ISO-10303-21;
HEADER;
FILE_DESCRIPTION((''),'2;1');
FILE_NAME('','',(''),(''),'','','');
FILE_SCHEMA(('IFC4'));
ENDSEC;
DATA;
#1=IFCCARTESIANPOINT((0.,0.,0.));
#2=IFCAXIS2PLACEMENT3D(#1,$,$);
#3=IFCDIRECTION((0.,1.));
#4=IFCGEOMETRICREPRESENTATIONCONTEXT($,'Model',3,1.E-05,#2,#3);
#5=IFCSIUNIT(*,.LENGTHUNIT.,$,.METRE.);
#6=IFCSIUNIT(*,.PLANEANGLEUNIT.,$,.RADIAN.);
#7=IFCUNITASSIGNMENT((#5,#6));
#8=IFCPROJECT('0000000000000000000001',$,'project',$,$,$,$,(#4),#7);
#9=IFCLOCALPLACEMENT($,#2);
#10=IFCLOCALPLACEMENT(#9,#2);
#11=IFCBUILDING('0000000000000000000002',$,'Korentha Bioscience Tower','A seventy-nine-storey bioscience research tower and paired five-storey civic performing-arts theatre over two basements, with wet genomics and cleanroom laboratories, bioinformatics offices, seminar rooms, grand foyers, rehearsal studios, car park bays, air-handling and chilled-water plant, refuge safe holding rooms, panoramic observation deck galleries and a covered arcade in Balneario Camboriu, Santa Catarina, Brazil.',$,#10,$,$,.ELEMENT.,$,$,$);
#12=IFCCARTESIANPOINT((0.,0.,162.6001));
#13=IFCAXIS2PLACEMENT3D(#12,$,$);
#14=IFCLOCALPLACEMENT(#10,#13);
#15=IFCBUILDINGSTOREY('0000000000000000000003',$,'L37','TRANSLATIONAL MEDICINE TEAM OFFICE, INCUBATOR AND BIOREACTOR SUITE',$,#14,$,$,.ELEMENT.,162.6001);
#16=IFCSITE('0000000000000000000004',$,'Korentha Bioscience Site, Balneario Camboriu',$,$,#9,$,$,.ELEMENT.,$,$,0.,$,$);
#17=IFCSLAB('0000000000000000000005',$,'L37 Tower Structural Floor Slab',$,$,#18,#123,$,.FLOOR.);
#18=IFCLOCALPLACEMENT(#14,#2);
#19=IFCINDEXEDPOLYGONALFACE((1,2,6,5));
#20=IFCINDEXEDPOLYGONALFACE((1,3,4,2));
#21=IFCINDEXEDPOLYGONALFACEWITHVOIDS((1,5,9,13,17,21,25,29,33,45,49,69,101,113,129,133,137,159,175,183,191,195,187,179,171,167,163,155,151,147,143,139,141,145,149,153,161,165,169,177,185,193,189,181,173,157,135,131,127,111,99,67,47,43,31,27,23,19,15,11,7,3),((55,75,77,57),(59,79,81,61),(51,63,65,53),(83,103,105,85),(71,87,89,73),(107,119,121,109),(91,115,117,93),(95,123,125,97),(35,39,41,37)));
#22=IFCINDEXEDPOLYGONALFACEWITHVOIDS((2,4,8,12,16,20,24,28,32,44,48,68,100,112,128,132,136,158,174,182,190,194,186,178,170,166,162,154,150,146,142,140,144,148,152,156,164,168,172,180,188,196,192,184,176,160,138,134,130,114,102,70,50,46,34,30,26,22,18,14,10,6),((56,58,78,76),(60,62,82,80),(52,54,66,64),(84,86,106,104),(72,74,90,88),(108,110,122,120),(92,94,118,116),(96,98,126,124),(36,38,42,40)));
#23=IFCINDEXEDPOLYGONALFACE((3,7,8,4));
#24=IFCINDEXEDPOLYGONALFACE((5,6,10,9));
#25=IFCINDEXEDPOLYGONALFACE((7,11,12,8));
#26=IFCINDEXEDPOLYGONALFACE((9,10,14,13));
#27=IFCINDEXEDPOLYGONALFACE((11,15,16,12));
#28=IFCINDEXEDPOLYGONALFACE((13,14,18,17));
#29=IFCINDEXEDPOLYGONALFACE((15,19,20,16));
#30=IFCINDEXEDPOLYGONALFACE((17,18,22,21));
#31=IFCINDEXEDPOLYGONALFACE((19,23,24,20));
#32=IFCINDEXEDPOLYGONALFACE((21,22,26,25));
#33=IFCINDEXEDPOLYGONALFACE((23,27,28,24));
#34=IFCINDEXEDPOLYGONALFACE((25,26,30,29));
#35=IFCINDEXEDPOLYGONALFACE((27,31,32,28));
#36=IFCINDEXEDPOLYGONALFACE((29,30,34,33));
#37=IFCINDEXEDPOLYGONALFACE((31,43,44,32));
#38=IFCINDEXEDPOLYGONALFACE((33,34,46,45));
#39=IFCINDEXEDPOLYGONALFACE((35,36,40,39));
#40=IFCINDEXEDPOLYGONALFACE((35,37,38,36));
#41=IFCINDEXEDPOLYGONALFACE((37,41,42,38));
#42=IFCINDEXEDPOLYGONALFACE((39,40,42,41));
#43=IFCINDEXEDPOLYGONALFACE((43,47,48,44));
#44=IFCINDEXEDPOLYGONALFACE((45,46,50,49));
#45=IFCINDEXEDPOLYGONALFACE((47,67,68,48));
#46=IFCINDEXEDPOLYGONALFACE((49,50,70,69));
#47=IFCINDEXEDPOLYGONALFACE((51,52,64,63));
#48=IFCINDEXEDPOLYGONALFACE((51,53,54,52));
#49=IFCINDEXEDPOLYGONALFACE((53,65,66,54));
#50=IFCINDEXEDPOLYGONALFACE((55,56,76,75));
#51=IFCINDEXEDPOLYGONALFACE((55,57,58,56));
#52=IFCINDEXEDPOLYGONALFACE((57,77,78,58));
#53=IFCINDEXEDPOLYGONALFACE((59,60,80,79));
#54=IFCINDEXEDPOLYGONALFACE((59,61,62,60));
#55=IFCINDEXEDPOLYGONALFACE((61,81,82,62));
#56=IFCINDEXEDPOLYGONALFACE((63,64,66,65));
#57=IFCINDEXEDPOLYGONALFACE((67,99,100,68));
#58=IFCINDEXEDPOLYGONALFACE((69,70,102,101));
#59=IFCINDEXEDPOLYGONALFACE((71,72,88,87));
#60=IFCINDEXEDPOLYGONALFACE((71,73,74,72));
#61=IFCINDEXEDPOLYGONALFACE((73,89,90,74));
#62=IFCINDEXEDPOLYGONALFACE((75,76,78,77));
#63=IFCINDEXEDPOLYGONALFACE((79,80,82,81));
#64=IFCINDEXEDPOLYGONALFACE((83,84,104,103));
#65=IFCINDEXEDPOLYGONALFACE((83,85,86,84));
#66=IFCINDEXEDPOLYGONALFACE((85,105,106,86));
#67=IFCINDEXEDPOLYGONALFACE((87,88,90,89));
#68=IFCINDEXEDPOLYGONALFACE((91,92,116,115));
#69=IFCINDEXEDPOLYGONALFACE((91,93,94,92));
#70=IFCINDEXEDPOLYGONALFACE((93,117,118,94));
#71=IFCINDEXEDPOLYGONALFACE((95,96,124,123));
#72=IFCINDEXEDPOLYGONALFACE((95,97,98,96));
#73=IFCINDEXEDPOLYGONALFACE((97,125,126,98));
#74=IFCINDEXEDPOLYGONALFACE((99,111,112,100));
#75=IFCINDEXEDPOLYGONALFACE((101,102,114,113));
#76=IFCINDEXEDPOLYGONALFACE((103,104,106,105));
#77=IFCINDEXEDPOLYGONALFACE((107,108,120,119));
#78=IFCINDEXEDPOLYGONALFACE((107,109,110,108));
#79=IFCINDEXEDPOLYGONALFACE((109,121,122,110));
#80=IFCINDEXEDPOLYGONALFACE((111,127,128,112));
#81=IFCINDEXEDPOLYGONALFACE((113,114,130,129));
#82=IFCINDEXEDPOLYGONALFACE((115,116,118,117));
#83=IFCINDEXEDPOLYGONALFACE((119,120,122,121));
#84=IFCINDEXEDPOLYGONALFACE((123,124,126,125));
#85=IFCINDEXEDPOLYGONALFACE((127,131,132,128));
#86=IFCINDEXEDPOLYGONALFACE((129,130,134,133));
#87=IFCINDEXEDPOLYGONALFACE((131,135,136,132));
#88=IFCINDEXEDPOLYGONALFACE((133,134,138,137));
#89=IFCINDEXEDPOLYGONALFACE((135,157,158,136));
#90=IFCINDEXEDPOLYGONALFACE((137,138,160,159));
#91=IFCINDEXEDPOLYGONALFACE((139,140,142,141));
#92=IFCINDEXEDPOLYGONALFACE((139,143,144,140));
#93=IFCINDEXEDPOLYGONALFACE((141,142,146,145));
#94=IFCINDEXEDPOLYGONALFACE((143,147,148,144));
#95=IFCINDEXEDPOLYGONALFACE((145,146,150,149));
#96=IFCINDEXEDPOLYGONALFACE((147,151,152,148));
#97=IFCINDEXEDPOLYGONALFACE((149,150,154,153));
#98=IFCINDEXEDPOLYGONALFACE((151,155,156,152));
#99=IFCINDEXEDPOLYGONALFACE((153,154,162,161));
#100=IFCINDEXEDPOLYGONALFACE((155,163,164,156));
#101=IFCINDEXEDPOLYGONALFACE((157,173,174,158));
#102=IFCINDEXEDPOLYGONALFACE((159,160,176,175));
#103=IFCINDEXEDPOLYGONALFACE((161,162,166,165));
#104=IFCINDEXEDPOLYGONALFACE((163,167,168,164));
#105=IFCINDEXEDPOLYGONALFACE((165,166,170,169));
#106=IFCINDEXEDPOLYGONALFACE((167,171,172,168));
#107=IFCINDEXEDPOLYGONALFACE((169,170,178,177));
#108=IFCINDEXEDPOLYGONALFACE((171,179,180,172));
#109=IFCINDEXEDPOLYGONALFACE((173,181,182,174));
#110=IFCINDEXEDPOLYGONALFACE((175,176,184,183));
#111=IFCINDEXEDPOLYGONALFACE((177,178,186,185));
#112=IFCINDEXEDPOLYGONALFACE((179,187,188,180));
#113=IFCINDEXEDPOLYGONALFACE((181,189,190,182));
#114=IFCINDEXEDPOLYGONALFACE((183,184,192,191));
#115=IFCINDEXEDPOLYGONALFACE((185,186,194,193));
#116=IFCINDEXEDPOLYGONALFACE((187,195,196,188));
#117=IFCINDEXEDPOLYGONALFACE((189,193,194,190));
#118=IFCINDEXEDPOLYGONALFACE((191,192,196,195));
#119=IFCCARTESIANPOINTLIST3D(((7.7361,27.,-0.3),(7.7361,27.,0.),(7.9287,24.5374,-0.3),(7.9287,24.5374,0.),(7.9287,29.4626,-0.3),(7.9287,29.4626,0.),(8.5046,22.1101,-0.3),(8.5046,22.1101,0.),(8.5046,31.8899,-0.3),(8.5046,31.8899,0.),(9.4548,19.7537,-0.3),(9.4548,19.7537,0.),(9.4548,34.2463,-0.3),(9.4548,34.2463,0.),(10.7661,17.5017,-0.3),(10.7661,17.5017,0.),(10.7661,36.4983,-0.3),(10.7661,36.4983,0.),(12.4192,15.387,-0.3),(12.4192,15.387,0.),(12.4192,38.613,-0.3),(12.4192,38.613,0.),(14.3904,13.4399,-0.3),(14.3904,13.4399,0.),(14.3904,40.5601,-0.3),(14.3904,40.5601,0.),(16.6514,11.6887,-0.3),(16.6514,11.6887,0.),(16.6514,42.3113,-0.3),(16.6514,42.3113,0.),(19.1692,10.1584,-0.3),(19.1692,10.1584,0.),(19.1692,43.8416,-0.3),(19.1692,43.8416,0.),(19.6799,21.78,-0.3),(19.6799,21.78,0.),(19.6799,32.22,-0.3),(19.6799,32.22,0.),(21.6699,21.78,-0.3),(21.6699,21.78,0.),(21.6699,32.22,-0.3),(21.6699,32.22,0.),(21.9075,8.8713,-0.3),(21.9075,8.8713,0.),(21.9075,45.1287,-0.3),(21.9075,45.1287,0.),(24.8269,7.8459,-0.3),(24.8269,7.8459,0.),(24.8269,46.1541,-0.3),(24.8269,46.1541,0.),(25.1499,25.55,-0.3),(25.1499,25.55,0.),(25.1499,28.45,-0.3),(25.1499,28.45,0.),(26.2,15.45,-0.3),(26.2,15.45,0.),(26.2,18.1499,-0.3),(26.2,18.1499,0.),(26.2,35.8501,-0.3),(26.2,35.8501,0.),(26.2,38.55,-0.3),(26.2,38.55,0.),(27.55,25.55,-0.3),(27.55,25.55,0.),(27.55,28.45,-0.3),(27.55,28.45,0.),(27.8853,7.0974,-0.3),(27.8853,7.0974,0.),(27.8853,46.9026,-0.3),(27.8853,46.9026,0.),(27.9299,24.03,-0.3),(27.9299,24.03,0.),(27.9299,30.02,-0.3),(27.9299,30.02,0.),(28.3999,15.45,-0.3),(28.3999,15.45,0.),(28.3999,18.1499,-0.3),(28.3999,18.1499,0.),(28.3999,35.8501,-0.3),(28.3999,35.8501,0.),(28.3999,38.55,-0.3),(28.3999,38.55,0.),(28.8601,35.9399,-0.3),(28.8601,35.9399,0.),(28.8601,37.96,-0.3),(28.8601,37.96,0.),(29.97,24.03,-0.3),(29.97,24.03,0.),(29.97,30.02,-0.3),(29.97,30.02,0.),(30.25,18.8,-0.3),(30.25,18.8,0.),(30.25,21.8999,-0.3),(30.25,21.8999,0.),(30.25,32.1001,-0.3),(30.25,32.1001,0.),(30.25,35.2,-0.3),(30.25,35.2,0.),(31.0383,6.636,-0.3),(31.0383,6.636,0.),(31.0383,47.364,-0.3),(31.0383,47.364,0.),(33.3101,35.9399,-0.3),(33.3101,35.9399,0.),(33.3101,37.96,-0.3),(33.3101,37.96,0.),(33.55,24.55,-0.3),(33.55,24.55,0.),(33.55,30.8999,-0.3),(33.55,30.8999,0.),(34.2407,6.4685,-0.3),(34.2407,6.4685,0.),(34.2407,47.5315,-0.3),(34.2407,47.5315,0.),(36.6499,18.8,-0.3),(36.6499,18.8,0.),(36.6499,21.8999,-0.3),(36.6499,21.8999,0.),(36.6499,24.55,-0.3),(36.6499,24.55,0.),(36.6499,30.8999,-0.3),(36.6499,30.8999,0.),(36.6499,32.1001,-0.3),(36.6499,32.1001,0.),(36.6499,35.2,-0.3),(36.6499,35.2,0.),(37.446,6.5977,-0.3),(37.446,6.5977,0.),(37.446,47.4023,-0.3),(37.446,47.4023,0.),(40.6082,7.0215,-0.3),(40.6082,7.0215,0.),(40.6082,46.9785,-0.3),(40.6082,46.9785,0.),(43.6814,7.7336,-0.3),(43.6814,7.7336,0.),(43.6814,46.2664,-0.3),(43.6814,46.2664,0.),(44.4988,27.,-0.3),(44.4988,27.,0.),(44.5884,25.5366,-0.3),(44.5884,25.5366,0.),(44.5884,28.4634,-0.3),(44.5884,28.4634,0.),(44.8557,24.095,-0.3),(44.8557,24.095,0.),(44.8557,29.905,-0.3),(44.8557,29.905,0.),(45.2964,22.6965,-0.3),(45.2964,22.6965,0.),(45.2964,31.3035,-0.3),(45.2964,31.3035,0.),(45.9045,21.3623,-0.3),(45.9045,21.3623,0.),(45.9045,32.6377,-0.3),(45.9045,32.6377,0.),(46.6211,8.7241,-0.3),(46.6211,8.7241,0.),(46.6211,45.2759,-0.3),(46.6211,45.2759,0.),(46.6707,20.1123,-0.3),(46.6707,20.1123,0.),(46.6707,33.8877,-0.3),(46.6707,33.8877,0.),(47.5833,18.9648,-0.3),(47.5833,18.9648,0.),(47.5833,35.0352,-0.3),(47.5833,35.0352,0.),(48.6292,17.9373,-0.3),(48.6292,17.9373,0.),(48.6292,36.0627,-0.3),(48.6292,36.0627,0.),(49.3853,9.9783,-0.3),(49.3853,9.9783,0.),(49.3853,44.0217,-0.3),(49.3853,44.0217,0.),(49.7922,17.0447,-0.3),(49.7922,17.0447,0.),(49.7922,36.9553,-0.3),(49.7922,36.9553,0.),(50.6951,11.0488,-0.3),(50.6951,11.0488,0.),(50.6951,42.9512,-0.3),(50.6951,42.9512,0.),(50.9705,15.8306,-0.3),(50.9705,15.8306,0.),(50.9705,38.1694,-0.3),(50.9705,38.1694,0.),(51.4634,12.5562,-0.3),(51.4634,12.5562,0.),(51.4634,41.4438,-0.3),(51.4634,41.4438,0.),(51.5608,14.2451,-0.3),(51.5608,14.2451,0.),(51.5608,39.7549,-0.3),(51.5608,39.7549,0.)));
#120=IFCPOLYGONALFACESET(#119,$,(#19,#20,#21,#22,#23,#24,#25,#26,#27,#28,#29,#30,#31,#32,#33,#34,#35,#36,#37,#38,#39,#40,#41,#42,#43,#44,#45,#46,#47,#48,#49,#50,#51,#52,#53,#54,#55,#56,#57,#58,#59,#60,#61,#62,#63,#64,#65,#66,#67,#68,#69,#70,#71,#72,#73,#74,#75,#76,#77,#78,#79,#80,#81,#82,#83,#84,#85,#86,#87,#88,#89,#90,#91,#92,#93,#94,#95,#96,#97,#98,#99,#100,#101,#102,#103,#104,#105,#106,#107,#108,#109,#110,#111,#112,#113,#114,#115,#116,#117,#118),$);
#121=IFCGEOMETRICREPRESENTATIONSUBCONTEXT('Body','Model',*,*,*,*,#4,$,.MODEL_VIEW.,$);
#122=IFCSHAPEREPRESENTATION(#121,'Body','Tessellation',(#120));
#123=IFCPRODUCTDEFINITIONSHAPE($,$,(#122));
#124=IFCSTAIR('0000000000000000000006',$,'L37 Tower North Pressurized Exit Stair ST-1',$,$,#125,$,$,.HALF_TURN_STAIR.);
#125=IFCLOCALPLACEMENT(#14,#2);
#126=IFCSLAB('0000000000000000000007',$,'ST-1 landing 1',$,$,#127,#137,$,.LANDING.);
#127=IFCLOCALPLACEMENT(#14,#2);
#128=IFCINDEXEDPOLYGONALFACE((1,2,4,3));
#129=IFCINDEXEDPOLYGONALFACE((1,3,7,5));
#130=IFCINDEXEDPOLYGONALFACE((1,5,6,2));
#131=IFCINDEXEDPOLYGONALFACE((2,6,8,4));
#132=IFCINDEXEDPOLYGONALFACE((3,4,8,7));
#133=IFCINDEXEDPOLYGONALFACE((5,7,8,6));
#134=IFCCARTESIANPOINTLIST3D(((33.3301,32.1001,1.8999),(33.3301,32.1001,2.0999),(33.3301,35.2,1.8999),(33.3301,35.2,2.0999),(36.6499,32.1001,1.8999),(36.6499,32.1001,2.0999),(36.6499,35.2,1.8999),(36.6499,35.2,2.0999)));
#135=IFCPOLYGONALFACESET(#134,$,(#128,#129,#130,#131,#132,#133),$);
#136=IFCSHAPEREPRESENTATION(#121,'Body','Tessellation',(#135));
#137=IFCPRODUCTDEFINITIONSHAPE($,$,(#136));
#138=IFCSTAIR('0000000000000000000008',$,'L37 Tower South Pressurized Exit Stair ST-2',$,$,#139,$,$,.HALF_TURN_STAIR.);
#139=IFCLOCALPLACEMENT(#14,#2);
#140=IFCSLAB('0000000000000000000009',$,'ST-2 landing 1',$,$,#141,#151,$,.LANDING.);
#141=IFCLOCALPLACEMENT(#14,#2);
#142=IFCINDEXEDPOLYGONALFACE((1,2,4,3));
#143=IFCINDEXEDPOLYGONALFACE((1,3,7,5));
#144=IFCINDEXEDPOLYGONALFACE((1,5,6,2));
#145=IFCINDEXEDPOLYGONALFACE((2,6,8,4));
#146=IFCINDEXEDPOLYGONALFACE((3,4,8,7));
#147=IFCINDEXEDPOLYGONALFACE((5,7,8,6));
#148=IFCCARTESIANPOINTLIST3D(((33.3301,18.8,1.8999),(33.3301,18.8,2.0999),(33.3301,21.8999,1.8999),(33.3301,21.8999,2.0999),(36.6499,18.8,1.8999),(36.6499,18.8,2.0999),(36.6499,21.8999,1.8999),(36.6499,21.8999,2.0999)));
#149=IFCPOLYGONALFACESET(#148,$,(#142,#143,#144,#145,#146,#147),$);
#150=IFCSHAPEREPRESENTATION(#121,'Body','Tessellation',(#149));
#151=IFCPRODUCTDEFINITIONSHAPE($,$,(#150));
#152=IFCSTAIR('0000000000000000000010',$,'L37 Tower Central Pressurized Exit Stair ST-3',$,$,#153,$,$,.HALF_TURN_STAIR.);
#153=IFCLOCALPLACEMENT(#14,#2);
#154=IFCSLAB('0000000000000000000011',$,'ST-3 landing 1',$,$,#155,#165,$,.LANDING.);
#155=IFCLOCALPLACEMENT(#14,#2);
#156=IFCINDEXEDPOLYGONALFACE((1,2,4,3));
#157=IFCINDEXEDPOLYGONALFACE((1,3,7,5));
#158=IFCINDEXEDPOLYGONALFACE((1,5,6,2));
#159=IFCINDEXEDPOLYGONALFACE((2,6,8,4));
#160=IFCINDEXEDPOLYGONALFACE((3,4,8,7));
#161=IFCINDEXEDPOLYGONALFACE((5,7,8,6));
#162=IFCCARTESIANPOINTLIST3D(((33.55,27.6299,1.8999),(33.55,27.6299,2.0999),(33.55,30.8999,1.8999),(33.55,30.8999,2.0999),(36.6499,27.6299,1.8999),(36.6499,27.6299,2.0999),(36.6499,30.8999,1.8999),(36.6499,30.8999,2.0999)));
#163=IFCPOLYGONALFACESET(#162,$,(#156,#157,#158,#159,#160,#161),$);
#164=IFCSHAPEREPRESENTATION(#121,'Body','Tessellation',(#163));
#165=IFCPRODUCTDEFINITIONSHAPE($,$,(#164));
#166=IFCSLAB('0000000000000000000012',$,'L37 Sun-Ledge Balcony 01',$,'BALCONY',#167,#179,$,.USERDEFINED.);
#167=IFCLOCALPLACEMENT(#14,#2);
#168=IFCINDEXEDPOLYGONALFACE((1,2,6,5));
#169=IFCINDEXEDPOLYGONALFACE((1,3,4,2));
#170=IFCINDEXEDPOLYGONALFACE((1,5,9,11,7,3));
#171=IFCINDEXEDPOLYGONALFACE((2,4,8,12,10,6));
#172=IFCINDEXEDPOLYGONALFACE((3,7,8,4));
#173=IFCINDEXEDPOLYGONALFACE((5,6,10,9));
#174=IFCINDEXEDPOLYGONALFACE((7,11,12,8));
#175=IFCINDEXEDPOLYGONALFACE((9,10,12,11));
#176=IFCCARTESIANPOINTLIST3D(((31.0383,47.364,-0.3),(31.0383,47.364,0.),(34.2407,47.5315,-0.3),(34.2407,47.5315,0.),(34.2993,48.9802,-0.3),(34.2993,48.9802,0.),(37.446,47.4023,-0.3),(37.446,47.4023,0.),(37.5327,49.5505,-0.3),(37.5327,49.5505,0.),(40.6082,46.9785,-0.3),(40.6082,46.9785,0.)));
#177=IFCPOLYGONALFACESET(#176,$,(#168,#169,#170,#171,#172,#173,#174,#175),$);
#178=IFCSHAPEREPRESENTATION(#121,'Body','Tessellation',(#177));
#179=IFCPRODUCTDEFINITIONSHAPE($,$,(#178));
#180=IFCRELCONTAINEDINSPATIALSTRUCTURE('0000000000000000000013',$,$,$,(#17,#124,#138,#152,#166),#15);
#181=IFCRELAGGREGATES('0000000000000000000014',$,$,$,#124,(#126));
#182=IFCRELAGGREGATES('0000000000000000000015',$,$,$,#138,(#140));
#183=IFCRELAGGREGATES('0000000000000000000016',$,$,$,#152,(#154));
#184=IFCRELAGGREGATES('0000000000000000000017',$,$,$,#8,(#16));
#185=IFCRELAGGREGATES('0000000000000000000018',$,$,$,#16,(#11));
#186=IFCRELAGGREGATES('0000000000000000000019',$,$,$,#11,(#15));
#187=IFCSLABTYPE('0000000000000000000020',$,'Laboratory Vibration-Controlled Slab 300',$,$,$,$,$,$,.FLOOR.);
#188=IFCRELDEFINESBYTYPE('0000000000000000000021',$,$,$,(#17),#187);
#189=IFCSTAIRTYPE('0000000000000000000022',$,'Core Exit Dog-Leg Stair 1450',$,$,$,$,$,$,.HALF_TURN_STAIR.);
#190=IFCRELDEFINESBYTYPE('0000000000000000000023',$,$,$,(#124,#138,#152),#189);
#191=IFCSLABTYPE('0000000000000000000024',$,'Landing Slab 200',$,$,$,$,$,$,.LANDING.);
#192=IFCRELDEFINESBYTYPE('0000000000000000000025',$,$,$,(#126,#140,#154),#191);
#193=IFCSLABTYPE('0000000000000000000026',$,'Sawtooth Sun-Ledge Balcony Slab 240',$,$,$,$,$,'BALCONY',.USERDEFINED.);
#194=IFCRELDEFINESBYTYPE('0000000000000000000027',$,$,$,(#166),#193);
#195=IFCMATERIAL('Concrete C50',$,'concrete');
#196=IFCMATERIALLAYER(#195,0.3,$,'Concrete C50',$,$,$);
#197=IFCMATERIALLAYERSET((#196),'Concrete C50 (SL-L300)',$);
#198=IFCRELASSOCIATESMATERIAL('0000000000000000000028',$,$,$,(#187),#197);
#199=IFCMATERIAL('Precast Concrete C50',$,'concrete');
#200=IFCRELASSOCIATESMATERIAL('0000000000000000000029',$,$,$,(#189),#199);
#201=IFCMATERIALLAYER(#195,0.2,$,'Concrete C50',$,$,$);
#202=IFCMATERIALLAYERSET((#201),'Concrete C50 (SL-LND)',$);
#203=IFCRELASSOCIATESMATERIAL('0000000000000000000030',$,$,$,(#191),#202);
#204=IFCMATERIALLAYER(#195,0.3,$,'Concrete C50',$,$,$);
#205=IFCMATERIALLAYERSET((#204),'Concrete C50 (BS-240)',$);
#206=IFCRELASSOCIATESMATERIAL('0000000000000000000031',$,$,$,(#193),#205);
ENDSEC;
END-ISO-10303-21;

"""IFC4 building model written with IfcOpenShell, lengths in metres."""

from ifc_helpers import new_model, si_unit, direction, frame, origin, place, context, subcontext, project, spatial, polyline, outline, extrude, material, layer, layer_set, type_object, element, aggregate, save


model = new_model("IFC4")

# Units and contexts
model_context = context("Model", 3, precision=1e-05, world=origin(), true_north=direction((0.0, 1.0)))
body_context = subcontext(model_context, "Body", "Model", "MODEL_VIEW")
ifc_project = project(units=[si_unit("LENGTHUNIT", "METRE"), si_unit("PLANEANGLEUNIT", "RADIAN")], contexts=[model_context])

# Site, building, storey
site_placement = place(None, origin())
site = spatial("IfcSite", under=ifc_project, at=site_placement, Name="Korentha Bioscience Site, Balneario Camboriu", CompositionType="ELEMENT", RefElevation=0.0)
building_placement = place(site_placement, origin())
building = spatial("IfcBuilding", under=site, at=building_placement, Name="Korentha Bioscience Tower", Description="A seventy-nine-storey bioscience research tower and paired five-storey civic performing-arts theatre over two basements, with wet genomics and cleanroom laboratories, bioinformatics offices, seminar rooms, grand foyers, rehearsal studios, car park bays, air-handling and chilled-water plant, refuge safe holding rooms, panoramic observation deck galleries and a covered arcade in Balneario Camboriu, Santa Catarina, Brazil.", CompositionType="ELEMENT")
storey_placement = place(building_placement, frame((0.0, 0.0, 162.6001)))
storey = spatial("IfcBuildingStorey", under=building, at=storey_placement, Name="L37", Description="TRANSLATIONAL MEDICINE TEAM OFFICE, INCUBATOR AND BIOREACTOR SUITE", CompositionType="ELEMENT", Elevation=162.6001)

# Slab
ifc_material_1 = material(Name="Concrete C50", Category="concrete")
ifc_layer_1 = layer(ifc_material_1, 0.3, Name="Concrete C50")
ifc_layer_set_1 = layer_set([ifc_layer_1], Name="Concrete C50 (SL-L300)")
slab_type_1 = type_object("IfcSlabType", Name="Laboratory Vibration-Controlled Slab 300", PredefinedType="FLOOR", material=ifc_layer_set_1)
slab_1_placement = place(storey_placement, frame((0.0, 0.0, -0.3)))
element("IfcSlab", 1, at=slab_1_placement, inside=storey, type_object=slab_type_1, Name="L37 Tower Structural Floor Slab", PredefinedType="FLOOR", context=body_context, shape_type="SweptSolid", body=[
    extrude(outline(polyline([(49.3853, 44.0217), (46.6211, 45.2759), (43.6814, 46.2664), (40.6082, 46.9785), (37.446, 47.4023), (34.2407, 47.5315), (31.0383, 47.364), (27.8853, 46.9026), (24.8269, 46.1541), (21.9075, 45.1287), (19.1692, 43.8416), (16.6514, 42.3113), (14.3904, 40.5601), (12.4192, 38.613), (10.7661, 36.4983), (9.4548, 34.2463), (8.5046, 31.8899), (7.9287, 29.4626), (7.7361, 27.0), (7.9287, 24.5374), (8.5046, 22.1101), (9.4548, 19.7537), (10.7661, 17.5017), (12.4192, 15.387), (14.3904, 13.4399), (16.6514, 11.6887), (19.1692, 10.1584), (21.9075, 8.8713), (24.8269, 7.8459), (27.8853, 7.0974), (31.0383, 6.636), (34.2407, 6.4685), (37.446, 6.5977), (40.6082, 7.0215), (43.6814, 7.7336), (46.6211, 8.7241), (49.3853, 9.9783), (50.6951, 11.0488), (51.4634, 12.5562), (51.5608, 14.2451), (50.9705, 15.8306), (49.7922, 17.0447), (48.6292, 17.9373), (47.5833, 18.9648), (46.6707, 20.1123), (45.9045, 21.3623), (45.2964, 22.6965), (44.8557, 24.095), (44.5884, 25.5366), (44.4988, 27.0), (44.5884, 28.4634), (44.8557, 29.905), (45.2964, 31.3035), (45.9045, 32.6377), (46.6707, 33.8877), (47.5833, 35.0352), (48.6292, 36.0627), (49.7922, 36.9553), (50.9705, 38.1694), (51.5608, 39.7549), (51.4634, 41.4438), (50.6951, 42.9512), (49.3853, 44.0217)]), holes=[polyline([(30.25, 32.1001), (36.6499, 32.1001), (36.6499, 35.2), (30.25, 35.2), (30.25, 32.1001)]), polyline([(30.25, 18.8), (36.6499, 18.8), (36.6499, 21.8999), (30.25, 21.8999), (30.25, 18.8)]), polyline([(36.6499, 24.55), (36.6499, 30.8999), (33.55, 30.8999), (33.55, 24.55), (36.6499, 24.55)]), polyline([(19.6799, 21.78), (21.6699, 21.78), (21.6699, 32.22), (19.6799, 32.22), (19.6799, 21.78)]), polyline([(27.9299, 24.03), (29.97, 24.03), (29.97, 30.02), (27.9299, 30.02), (27.9299, 24.03)]), polyline([(28.8601, 35.9399), (33.3101, 35.9399), (33.3101, 37.96), (28.8601, 37.96), (28.8601, 35.9399)]), polyline([(26.2, 15.45), (28.3999, 15.45), (28.3999, 18.1499), (26.2, 18.1499), (26.2, 15.45)]), polyline([(26.2, 35.8501), (28.3999, 35.8501), (28.3999, 38.55), (26.2, 38.55), (26.2, 35.8501)]), polyline([(25.1499, 25.55), (27.55, 25.55), (27.55, 28.45), (25.1499, 28.45), (25.1499, 25.55)])]), origin(), (0.0, 0.0, 1.0), 0.3),
])

# Stairs, slabs
ifc_material_2 = material(Name="Precast Concrete C50", Category="concrete")
stair_type = type_object("IfcStairType", Name="Core Exit Dog-Leg Stair 1450", PredefinedType="HALF_TURN_STAIR", material=ifc_material_2)
stair_1_placement = place(storey_placement, origin())
stair_1 = element("IfcStair", 2, at=stair_1_placement, inside=storey, type_object=stair_type, Name="L37 Tower North Pressurized Exit Stair ST-1", PredefinedType="HALF_TURN_STAIR")
ifc_layer_2 = layer(ifc_material_1, 0.2, Name="Concrete C50")
ifc_layer_set_2 = layer_set([ifc_layer_2], Name="Concrete C50 (SL-LND)")
slab_type_2 = type_object("IfcSlabType", Name="Landing Slab 200", PredefinedType="LANDING", material=ifc_layer_set_2)
slab_2_placement = place(storey_placement, frame((0.0, 0.0, 1.8999)))
slab_2 = element("IfcSlab", 3, at=slab_2_placement, type_object=slab_type_2, Name="ST-1 landing 1", PredefinedType="LANDING", context=body_context, shape_type="SweptSolid", body=[
    extrude(outline(polyline([(33.3301, 32.1001), (36.6499, 32.1001), (36.6499, 35.2), (33.3301, 35.2), (33.3301, 32.1001)])), origin(), (0.0, 0.0, 1.0), 0.2),
])
aggregate(stair_1, [slab_2])
stair_2_placement = place(storey_placement, origin())
stair_2 = element("IfcStair", 4, at=stair_2_placement, inside=storey, type_object=stair_type, Name="L37 Tower South Pressurized Exit Stair ST-2", PredefinedType="HALF_TURN_STAIR")
slab_3_placement = place(storey_placement, frame((0.0, 0.0, 1.8999)))
slab_3 = element("IfcSlab", 5, at=slab_3_placement, type_object=slab_type_2, Name="ST-2 landing 1", PredefinedType="LANDING", context=body_context, shape_type="SweptSolid", body=[
    extrude(outline(polyline([(33.3301, 18.8), (36.6499, 18.8), (36.6499, 21.8999), (33.3301, 21.8999), (33.3301, 18.8)])), origin(), (0.0, 0.0, 1.0), 0.2),
])
aggregate(stair_2, [slab_3])
stair_3_placement = place(storey_placement, origin())
stair_3 = element("IfcStair", 6, at=stair_3_placement, inside=storey, type_object=stair_type, Name="L37 Tower Central Pressurized Exit Stair ST-3", PredefinedType="HALF_TURN_STAIR")
slab_4_placement = place(storey_placement, frame((0.0, 0.0, 1.8999)))
slab_4 = element("IfcSlab", 7, at=slab_4_placement, type_object=slab_type_2, Name="ST-3 landing 1", PredefinedType="LANDING", context=body_context, shape_type="SweptSolid", body=[
    extrude(outline(polyline([(36.6499, 27.6299), (36.6499, 30.8999), (33.55, 30.8999), (33.55, 27.6299), (36.6499, 27.6299)])), origin(), (0.0, 0.0, 1.0), 0.2),
])
aggregate(stair_3, [slab_4])

# Slab
ifc_layer_3 = layer(ifc_material_1, 0.3, Name="Concrete C50")
ifc_layer_set_3 = layer_set([ifc_layer_3], Name="Concrete C50 (BS-240)")
slab_type_3 = type_object("IfcSlabType", Name="Sawtooth Sun-Ledge Balcony Slab 240", ElementType="BALCONY", PredefinedType="USERDEFINED", material=ifc_layer_set_3)
slab_5_placement = place(storey_placement, frame((0.0, 0.0, -0.3)))
element("IfcSlab", 8, at=slab_5_placement, inside=storey, type_object=slab_type_3, Name="L37 Sun-Ledge Balcony 01", ObjectType="BALCONY", PredefinedType="USERDEFINED", context=body_context, shape_type="SweptSolid", body=[
    extrude(outline(polyline([(31.0383, 47.364), (34.2407, 47.5315), (37.446, 47.4023), (40.6082, 46.9785), (37.5327, 49.5505), (34.2993, 48.9802), (31.0383, 47.364)])), origin(), (0.0, 0.0, 1.0), 0.3),
])

save(model, "model.ifc")
